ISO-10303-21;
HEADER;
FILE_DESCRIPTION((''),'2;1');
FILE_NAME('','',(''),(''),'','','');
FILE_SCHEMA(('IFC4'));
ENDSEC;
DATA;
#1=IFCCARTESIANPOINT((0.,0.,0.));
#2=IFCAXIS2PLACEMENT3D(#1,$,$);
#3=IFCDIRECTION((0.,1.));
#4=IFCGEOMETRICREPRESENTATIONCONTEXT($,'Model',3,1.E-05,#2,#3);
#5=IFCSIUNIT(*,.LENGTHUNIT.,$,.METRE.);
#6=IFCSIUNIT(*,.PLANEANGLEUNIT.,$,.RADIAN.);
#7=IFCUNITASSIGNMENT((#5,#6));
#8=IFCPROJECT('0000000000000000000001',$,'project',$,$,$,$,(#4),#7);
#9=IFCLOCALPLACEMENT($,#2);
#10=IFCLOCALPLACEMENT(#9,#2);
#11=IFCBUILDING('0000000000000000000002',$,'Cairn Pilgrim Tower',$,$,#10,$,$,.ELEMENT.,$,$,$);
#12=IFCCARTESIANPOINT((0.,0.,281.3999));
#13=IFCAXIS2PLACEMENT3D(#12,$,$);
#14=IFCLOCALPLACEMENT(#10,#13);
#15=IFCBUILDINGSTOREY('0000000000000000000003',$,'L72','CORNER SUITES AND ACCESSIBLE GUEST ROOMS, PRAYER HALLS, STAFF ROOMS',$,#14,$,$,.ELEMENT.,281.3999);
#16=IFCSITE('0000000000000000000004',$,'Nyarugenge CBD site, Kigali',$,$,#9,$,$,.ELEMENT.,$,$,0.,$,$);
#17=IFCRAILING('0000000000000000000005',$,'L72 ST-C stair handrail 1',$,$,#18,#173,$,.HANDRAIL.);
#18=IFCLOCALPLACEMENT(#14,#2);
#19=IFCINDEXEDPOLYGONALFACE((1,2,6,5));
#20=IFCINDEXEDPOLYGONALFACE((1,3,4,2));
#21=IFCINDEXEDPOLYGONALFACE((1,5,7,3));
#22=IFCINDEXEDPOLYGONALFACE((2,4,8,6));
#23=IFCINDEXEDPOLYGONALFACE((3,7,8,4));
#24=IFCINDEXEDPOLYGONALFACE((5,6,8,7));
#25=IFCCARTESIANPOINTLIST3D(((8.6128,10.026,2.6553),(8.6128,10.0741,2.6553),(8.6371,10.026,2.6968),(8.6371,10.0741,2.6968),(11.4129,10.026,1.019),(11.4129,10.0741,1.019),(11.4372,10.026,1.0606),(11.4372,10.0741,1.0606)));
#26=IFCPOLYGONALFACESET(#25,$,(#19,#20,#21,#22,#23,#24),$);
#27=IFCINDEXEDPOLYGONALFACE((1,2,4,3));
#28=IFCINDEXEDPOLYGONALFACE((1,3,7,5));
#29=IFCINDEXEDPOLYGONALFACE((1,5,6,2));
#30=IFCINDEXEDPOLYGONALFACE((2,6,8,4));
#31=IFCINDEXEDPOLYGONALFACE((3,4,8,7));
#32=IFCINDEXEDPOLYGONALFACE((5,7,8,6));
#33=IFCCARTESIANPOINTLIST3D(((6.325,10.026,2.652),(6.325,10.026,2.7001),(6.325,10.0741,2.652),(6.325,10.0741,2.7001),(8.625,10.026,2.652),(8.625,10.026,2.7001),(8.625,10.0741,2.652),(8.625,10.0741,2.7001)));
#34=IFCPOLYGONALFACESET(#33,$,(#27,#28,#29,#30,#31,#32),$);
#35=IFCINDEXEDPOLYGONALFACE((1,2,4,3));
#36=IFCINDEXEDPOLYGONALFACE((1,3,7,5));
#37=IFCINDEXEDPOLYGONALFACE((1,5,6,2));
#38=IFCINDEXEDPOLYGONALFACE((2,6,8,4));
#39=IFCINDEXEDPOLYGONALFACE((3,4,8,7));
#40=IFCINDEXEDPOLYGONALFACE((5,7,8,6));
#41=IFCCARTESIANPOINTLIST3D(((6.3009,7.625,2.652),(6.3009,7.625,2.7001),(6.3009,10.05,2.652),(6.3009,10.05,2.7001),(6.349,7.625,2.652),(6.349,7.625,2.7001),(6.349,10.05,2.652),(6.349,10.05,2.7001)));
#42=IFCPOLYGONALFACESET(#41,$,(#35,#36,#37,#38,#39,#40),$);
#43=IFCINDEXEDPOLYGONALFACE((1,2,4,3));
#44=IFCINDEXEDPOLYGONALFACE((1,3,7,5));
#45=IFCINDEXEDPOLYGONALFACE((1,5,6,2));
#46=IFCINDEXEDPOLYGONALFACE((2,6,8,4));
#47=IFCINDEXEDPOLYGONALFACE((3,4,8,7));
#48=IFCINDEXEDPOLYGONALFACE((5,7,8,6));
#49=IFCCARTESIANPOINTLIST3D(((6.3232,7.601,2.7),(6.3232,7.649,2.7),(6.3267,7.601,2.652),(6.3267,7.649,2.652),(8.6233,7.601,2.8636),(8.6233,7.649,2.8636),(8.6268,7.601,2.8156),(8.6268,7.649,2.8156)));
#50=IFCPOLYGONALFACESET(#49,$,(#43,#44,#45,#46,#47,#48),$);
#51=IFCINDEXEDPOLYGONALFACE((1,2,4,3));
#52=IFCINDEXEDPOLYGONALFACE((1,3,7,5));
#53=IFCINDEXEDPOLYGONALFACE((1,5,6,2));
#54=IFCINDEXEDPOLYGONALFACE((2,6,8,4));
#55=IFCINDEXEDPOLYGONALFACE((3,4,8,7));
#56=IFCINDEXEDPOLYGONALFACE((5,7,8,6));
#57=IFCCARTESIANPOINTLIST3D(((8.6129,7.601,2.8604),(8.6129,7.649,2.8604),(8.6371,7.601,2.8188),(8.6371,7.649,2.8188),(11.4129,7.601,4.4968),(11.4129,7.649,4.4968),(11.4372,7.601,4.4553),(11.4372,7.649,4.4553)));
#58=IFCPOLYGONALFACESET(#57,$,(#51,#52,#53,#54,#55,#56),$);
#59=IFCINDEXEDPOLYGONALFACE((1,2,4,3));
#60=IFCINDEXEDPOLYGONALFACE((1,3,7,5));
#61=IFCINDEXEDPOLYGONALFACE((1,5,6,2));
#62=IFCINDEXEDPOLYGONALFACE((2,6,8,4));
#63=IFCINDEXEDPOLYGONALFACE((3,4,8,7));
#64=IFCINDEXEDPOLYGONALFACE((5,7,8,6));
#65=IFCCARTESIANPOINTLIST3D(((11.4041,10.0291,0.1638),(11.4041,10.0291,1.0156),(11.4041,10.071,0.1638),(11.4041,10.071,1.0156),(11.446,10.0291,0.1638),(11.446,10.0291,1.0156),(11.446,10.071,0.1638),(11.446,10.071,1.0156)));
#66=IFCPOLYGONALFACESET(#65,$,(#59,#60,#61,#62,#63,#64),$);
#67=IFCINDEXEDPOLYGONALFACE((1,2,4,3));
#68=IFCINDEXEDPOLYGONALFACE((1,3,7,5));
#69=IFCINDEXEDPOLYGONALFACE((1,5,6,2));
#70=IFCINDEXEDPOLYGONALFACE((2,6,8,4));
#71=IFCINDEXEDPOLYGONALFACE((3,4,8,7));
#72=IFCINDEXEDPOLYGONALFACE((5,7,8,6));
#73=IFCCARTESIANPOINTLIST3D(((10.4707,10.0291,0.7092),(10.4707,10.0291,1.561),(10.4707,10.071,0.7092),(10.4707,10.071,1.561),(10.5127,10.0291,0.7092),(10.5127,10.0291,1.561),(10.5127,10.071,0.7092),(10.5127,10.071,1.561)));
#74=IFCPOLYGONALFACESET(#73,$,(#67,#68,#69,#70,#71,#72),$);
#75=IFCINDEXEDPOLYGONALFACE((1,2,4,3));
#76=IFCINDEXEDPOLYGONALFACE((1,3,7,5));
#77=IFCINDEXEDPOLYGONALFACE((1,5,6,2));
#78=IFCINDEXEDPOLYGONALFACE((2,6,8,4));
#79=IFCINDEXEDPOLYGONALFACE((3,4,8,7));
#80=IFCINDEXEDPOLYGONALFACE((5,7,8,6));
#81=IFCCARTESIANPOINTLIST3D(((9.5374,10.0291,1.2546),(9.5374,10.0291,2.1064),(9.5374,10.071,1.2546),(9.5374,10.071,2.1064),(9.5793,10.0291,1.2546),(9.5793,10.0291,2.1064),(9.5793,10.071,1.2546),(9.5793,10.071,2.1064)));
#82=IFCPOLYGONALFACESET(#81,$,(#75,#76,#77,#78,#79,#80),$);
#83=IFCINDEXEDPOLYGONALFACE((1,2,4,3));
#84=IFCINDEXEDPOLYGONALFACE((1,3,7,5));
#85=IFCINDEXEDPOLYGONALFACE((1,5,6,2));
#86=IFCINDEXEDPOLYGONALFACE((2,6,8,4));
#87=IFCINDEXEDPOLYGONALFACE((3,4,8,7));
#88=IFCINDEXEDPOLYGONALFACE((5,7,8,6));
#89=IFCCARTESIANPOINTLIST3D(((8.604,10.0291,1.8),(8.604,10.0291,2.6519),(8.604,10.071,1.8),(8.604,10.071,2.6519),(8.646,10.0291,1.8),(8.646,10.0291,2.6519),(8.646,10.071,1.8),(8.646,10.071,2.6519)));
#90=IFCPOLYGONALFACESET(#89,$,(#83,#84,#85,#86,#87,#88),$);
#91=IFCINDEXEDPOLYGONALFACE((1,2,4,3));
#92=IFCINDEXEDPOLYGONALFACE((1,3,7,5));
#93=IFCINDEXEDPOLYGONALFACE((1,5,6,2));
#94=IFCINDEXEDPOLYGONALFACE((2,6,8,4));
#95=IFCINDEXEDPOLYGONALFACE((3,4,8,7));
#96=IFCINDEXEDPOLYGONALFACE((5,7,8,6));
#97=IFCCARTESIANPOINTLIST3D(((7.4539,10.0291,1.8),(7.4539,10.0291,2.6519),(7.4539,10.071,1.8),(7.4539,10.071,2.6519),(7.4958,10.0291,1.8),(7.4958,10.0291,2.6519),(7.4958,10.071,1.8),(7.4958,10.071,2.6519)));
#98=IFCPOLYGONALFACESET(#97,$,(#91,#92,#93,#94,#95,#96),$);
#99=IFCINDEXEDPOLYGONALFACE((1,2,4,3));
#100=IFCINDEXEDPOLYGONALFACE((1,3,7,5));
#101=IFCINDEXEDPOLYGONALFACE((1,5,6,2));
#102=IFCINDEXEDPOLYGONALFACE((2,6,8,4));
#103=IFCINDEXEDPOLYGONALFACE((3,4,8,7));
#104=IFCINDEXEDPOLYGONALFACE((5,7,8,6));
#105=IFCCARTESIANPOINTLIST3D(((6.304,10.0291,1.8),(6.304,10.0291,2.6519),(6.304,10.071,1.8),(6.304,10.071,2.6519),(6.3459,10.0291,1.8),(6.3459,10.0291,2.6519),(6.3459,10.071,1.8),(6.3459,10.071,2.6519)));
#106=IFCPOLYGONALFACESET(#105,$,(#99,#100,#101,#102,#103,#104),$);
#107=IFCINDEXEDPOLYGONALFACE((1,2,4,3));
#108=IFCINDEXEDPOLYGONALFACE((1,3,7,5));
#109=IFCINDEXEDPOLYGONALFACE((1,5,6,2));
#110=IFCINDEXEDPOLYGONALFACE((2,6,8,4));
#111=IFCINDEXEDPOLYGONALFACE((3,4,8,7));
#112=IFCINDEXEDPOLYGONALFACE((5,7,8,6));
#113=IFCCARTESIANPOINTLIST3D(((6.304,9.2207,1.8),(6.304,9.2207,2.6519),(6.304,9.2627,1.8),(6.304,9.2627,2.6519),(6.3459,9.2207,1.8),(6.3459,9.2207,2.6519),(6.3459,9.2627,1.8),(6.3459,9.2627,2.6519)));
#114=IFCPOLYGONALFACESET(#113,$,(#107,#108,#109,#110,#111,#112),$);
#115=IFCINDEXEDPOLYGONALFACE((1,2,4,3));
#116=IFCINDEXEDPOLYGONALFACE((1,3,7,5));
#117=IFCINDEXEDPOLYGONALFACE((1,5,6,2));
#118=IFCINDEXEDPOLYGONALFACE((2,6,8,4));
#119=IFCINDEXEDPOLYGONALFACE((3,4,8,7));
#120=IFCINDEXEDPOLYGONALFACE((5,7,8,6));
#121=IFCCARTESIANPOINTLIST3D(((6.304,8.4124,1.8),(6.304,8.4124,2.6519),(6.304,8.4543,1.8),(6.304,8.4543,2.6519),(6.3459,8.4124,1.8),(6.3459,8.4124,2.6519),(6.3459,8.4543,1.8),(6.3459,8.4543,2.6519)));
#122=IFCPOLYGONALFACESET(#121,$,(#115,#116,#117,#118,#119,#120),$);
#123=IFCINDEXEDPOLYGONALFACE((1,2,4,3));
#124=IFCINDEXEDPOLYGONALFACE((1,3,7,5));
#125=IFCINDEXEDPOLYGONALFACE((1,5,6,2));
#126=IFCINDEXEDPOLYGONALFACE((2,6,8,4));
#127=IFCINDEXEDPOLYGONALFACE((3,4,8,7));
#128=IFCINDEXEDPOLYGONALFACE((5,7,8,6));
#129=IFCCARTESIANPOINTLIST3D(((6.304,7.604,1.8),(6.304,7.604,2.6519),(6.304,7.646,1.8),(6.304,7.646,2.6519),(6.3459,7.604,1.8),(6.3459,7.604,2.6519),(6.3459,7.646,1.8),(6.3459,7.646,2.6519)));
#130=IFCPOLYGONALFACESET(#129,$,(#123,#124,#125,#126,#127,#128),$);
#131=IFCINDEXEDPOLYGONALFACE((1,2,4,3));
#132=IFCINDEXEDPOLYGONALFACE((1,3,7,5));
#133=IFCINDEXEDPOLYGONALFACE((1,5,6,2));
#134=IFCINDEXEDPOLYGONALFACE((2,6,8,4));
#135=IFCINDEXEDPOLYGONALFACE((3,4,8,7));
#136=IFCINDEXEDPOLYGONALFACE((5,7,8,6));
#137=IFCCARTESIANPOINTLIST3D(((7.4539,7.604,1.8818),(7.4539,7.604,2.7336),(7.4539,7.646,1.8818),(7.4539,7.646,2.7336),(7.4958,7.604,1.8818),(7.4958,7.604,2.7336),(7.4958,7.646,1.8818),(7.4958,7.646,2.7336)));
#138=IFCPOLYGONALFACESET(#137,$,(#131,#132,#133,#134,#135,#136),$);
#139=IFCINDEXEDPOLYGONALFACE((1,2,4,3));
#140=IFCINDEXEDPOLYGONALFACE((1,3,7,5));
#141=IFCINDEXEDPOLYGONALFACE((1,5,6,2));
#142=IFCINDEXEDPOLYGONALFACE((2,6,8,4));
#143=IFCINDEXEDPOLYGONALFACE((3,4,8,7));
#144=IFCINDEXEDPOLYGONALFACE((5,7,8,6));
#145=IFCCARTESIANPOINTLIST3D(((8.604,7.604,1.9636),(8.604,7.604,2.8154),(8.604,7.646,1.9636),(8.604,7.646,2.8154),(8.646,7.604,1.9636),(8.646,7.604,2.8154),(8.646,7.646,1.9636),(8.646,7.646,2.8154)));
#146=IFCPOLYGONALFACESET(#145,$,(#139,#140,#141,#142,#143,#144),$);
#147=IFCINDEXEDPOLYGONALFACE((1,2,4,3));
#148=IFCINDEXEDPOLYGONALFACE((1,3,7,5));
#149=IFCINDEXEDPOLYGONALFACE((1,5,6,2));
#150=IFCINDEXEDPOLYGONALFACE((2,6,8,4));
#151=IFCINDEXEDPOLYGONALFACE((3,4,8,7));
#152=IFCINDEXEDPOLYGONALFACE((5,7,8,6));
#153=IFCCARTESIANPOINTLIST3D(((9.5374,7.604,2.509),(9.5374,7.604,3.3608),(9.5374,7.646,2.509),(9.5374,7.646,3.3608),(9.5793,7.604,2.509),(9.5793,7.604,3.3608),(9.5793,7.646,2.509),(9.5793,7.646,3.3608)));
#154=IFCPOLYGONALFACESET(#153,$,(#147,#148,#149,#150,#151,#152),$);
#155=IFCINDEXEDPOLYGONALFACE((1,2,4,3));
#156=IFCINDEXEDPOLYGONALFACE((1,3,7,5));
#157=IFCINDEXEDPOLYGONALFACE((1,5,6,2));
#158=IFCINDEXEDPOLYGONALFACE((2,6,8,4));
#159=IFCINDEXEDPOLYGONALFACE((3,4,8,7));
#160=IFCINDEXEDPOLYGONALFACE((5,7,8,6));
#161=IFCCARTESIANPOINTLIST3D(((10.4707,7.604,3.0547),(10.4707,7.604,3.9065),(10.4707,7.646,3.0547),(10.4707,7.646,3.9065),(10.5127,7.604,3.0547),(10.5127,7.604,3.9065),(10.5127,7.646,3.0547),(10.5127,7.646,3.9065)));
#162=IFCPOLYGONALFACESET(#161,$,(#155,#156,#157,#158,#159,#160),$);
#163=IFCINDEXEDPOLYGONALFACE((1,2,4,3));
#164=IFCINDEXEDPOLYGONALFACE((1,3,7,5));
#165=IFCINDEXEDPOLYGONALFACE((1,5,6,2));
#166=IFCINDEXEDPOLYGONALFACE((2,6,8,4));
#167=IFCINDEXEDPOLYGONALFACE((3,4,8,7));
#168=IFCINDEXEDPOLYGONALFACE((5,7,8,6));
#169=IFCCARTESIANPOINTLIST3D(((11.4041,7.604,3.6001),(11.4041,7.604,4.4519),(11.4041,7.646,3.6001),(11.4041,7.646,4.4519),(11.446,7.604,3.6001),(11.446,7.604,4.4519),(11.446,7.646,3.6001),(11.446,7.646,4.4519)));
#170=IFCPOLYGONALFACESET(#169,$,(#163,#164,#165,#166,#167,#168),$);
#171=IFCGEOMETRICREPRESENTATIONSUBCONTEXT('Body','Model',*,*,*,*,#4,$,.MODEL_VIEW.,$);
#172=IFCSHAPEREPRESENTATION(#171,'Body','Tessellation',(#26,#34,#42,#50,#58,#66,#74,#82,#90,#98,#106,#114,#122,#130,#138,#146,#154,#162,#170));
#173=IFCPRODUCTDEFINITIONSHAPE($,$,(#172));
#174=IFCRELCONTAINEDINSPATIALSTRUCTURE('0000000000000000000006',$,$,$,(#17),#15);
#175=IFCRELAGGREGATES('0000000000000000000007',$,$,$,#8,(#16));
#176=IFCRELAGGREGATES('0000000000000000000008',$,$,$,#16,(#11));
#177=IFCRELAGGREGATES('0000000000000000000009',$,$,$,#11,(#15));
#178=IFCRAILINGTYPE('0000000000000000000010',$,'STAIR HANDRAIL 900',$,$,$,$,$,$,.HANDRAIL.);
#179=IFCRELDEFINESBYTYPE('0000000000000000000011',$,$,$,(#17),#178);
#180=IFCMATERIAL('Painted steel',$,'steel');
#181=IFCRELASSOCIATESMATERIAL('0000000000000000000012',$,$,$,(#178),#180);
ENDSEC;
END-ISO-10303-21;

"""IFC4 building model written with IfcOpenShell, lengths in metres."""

from ifc_helpers import new_model, si_unit, direction, frame, origin, origin_2d, place, context, subcontext, project, spatial, rectangle, extrude, material, type_object, element, save


model = new_model("IFC4")

# Units and contexts
model_context = context("Model", 3, precision=1e-05, world=origin(), true_north=direction((0.0, 1.0)))
body_context = subcontext(model_context, "Body", "Model", "MODEL_VIEW")
ifc_project = project(units=[si_unit("LENGTHUNIT", "METRE"), si_unit("PLANEANGLEUNIT", "RADIAN")], contexts=[model_context])

# Site, building, storey
site_placement = place(None, origin())
site = spatial("IfcSite", under=ifc_project, at=site_placement, Name="Nyarugenge CBD site, Kigali", CompositionType="ELEMENT", RefElevation=0.0)
building_placement = place(site_placement, origin())
building = spatial("IfcBuilding", under=site, at=building_placement, Name="Cairn Pilgrim Tower", CompositionType="ELEMENT")
storey_placement = place(building_placement, frame((0.0, 0.0, 281.3999)))
storey = spatial("IfcBuildingStorey", under=building, at=storey_placement, Name="L72", Description="CORNER SUITES AND ACCESSIBLE GUEST ROOMS, PRAYER HALLS, STAFF ROOMS", CompositionType="ELEMENT", Elevation=281.3999)

# Shared definitions
ifc_material_1 = material(Name="Painted steel", Category="steel")

# Railing
railing_type_1 = type_object("IfcRailingType", Name="STAIR HANDRAIL 900", PredefinedType="HANDRAIL", material=ifc_material_1)
railing_1_placement = place(storey_placement, frame((11.425, 10.05, 0.1638)))
element("IfcRailing", 1, at=railing_1_placement, inside=storey, type_object=railing_type_1, Name="L72 ST-C stair handrail 1", PredefinedType="HANDRAIL", context=body_context, shape_type="SweptSolid", body=[
    extrude(rectangle(XDim=0.0481, YDim=0.0481, at=origin_2d()), frame((0.0, 0.0, 0.876), z_axis=(-0.863394, 0.0, 0.504531), x_axis=(0.0, -1.0, 0.0)), (0.0, 0.0, 1.0), 3.2432),
    extrude(rectangle(XDim=0.0481, YDim=0.0481, at=origin_2d()), frame((-2.8, 0.0, 2.5122), z_axis=(-1.0, 0.0, 0.0), x_axis=(0.0, -1.0, 0.0)), (0.0, 0.0, 1.0), 2.3),
    extrude(rectangle(XDim=0.0481, YDim=0.0481, at=origin_2d()), frame((-5.1001, 0.0, 2.5122), z_axis=(0.0, -1.0, 0.0), x_axis=(1.0, 0.0, 0.0)), (0.0, 0.0, 1.0), 2.425),
    extrude(rectangle(XDim=0.0481, YDim=0.0481, at=origin_2d()), frame((-5.1001, -2.425, 2.5122), z_axis=(0.997481, 0.0, 0.070939), x_axis=(0.0, 1.0, 0.0)), (0.0, 0.0, 1.0), 2.3059),
    extrude(rectangle(XDim=0.0481, YDim=0.0481, at=origin_2d()), frame((-2.8, -2.425, 2.6758), z_axis=(0.863361, 0.0, 0.504587), x_axis=(0.0, 1.0, 0.0)), (0.0, 0.0, 1.0), 3.2432),
    extrude(rectangle(XDim=0.042, YDim=0.042, at=origin_2d()), origin(), (0.0, 0.0, 1.0), 0.8518),
    extrude(rectangle(XDim=0.042, YDim=0.042, at=origin_2d()), frame((-0.9333, 0.0, 0.5454)), (0.0, 0.0, 1.0), 0.8518),
    extrude(rectangle(XDim=0.042, YDim=0.042, at=origin_2d()), frame((-1.8667, 0.0, 1.0908)), (0.0, 0.0, 1.0), 0.8518),
    extrude(rectangle(XDim=0.042, YDim=0.042, at=origin_2d()), frame((-2.8, 0.0, 1.6362)), (0.0, 0.0, 1.0), 0.8518),
    extrude(rectangle(XDim=0.042, YDim=0.042, at=origin_2d()), frame((-3.9502, 0.0, 1.6362)), (0.0, 0.0, 1.0), 0.8518),
    extrude(rectangle(XDim=0.042, YDim=0.042, at=origin_2d()), frame((-5.1001, 0.0, 1.6362)), (0.0, 0.0, 1.0), 0.8518),
    extrude(rectangle(XDim=0.042, YDim=0.042, at=origin_2d()), frame((-5.1001, -0.8083, 1.6362)), (0.0, 0.0, 1.0), 0.8518),
    extrude(rectangle(XDim=0.042, YDim=0.042, at=origin_2d()), frame((-5.1001, -1.6167, 1.6362)), (0.0, 0.0, 1.0), 0.8518),
    extrude(rectangle(XDim=0.042, YDim=0.042, at=origin_2d()), frame((-5.1001, -2.425, 1.6362)), (0.0, 0.0, 1.0), 0.8518),
    extrude(rectangle(XDim=0.042, YDim=0.042, at=origin_2d()), frame((-3.9502, -2.425, 1.718)), (0.0, 0.0, 1.0), 0.8518),
    extrude(rectangle(XDim=0.042, YDim=0.042, at=origin_2d()), frame((-2.8, -2.425, 1.7998)), (0.0, 0.0, 1.0), 0.8518),
    extrude(rectangle(XDim=0.042, YDim=0.042, at=origin_2d()), frame((-1.8667, -2.425, 2.3452)), (0.0, 0.0, 1.0), 0.8518),
    extrude(rectangle(XDim=0.042, YDim=0.042, at=origin_2d()), frame((-0.9333, -2.425, 2.8909)), (0.0, 0.0, 1.0), 0.8518),
    extrude(rectangle(XDim=0.042, YDim=0.042, at=origin_2d()), frame((0.0, -2.425, 3.4363)), (0.0, 0.0, 1.0), 0.8518),
])

save(model, "model.ifc")
